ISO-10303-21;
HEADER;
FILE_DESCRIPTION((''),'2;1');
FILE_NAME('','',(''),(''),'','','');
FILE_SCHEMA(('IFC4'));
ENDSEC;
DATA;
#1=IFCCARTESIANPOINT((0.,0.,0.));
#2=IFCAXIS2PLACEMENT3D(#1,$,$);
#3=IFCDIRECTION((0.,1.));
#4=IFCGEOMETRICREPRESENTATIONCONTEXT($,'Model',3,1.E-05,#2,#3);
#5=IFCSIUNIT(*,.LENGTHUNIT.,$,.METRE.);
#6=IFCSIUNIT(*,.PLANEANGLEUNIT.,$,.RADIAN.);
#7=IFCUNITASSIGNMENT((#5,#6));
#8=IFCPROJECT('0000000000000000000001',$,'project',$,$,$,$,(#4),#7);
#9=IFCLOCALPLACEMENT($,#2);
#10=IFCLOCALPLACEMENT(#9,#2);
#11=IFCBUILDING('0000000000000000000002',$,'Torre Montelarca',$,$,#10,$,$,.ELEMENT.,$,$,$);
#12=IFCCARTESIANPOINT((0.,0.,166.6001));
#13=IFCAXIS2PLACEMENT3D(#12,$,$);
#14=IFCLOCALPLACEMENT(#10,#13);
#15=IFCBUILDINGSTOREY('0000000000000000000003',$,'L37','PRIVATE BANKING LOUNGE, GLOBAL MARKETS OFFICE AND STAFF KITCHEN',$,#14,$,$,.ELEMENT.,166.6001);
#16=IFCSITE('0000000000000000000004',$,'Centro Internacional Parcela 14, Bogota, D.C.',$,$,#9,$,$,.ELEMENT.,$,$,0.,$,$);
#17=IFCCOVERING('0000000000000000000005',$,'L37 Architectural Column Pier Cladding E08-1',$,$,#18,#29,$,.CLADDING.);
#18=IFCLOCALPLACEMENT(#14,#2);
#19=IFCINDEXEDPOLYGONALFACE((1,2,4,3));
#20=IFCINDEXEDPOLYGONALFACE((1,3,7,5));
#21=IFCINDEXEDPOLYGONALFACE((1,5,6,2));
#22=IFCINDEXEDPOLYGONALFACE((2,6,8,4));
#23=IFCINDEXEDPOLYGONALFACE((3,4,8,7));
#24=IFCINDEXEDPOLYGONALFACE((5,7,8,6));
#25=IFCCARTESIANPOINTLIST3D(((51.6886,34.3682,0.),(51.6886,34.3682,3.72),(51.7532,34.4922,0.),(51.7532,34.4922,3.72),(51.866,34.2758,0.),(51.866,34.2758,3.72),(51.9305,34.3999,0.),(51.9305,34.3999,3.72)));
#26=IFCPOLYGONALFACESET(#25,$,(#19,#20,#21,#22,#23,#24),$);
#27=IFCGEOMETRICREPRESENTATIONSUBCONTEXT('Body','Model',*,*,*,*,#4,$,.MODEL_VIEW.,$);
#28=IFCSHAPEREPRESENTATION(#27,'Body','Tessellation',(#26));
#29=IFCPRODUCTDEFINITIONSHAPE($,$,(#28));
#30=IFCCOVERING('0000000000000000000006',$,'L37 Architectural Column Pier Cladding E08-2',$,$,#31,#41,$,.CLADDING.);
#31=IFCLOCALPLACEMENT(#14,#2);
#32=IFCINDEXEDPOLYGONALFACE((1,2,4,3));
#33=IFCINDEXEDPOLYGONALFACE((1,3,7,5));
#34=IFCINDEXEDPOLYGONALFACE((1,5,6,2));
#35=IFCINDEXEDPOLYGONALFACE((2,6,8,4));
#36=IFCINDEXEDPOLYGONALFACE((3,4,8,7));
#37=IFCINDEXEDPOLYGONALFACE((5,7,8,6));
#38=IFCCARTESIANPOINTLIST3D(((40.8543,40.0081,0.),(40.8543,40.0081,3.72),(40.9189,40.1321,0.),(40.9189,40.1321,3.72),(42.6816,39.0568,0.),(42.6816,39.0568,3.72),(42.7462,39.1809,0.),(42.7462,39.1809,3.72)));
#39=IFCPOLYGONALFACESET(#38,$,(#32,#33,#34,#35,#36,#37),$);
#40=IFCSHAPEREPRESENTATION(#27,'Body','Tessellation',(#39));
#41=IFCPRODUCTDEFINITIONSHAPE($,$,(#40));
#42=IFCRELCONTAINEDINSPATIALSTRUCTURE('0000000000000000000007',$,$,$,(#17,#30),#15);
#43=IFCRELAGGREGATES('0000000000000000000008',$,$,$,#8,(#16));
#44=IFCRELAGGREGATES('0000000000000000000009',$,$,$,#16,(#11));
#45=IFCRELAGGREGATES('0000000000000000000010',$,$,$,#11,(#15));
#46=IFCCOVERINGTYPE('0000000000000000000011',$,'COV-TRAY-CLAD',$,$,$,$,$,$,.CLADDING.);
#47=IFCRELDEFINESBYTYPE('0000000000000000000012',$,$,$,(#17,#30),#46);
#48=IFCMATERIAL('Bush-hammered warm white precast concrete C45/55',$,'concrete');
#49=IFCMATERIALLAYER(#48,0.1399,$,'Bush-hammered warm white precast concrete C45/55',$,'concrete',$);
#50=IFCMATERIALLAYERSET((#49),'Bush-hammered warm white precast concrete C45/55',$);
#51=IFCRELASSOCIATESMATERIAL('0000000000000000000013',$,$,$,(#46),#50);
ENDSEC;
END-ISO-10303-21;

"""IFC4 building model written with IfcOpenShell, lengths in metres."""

from ifc_helpers import new_model, si_unit, direction, frame, origin, origin_2d, place, context, subcontext, project, spatial, rectangle, extrude, source, transform, mapped, material, layer, layer_set, type_object, element, save


model = new_model("IFC4")

# Units and contexts
model_context = context("Model", 3, precision=1e-05, world=origin(), true_north=direction((0.0, 1.0)))
body_context = subcontext(model_context, "Body", "Model", "MODEL_VIEW")
ifc_project = project(units=[si_unit("LENGTHUNIT", "METRE"), si_unit("PLANEANGLEUNIT", "RADIAN")], contexts=[model_context])

# Site, building, storey
site_placement = place(None, origin())
site = spatial("IfcSite", under=ifc_project, at=site_placement, Name="Centro Internacional Parcela 14, Bogota, D.C.", CompositionType="ELEMENT", RefElevation=0.0)
building_placement = place(site_placement, origin())
building = spatial("IfcBuilding", under=site, at=building_placement, Name="Torre Montelarca", CompositionType="ELEMENT")
storey_placement = place(building_placement, frame((0.0, 0.0, 166.6001)))
storey = spatial("IfcBuildingStorey", under=building, at=storey_placement, Name="L37", Description="PRIVATE BANKING LOUNGE, GLOBAL MARKETS OFFICE AND STAFF KITCHEN", CompositionType="ELEMENT", Elevation=166.6001)

# Coverings
ifc_material_1 = material(Name="Bush-hammered warm white precast concrete C45/55", Category="concrete")
ifc_layer_1 = layer(ifc_material_1, 0.1399, Name="Bush-hammered warm white precast concrete C45/55", Category="concrete")
ifc_layer_set_1 = layer_set([ifc_layer_1], Name="Bush-hammered warm white precast concrete C45/55")
covering_type = type_object("IfcCoveringType", Name="COV-TRAY-CLAD", PredefinedType="CLADDING", material=ifc_layer_set_1)
shared_shape_1 = source(origin(), body_context, "Body", "SweptSolid", [
    extrude(rectangle(XDim=0.2, YDim=0.1399, at=origin_2d()), origin(), (0.0, 0.0, 1.0), 3.72),
])
for number, where, z_axis, x_axis, name in (
    (1, (51.8096, 34.384, 0.0), (0.0, 0.0, 1.0), (-0.887011, 0.461749, 0.0), "L37 Architectural Column Pier Cladding E08-1"),
):
    element("IfcCovering", number, at=place(storey_placement, frame(where, z_axis=z_axis, x_axis=x_axis)), inside=storey, type_object=covering_type, Name=name, PredefinedType="CLADDING", context=body_context, shape_type="MappedRepresentation", body=[
        mapped(shared_shape_1, transform((0.0, 0.0, 0.0), scale=1.0)),
    ])
shared_shape_2 = source(origin(), body_context, "Body", "SweptSolid", [
    extrude(rectangle(XDim=2.0601, YDim=0.1399, at=origin_2d()), origin(), (0.0, 0.0, 1.0), 3.72),
])
covering_1_placement = place(storey_placement, frame((41.8003, 39.5945, 0.0), z_axis=(0.0, 0.0, 1.0), x_axis=(-0.887011, 0.461749, 0.0)))
element("IfcCovering", 2, at=covering_1_placement, inside=storey, type_object=covering_type, Name="L37 Architectural Column Pier Cladding E08-2", PredefinedType="CLADDING", context=body_context, shape_type="MappedRepresentation", body=[
    mapped(shared_shape_2, transform((0.0, 0.0, 0.0), scale=1.0)),
])

save(model, "model.ifc")
